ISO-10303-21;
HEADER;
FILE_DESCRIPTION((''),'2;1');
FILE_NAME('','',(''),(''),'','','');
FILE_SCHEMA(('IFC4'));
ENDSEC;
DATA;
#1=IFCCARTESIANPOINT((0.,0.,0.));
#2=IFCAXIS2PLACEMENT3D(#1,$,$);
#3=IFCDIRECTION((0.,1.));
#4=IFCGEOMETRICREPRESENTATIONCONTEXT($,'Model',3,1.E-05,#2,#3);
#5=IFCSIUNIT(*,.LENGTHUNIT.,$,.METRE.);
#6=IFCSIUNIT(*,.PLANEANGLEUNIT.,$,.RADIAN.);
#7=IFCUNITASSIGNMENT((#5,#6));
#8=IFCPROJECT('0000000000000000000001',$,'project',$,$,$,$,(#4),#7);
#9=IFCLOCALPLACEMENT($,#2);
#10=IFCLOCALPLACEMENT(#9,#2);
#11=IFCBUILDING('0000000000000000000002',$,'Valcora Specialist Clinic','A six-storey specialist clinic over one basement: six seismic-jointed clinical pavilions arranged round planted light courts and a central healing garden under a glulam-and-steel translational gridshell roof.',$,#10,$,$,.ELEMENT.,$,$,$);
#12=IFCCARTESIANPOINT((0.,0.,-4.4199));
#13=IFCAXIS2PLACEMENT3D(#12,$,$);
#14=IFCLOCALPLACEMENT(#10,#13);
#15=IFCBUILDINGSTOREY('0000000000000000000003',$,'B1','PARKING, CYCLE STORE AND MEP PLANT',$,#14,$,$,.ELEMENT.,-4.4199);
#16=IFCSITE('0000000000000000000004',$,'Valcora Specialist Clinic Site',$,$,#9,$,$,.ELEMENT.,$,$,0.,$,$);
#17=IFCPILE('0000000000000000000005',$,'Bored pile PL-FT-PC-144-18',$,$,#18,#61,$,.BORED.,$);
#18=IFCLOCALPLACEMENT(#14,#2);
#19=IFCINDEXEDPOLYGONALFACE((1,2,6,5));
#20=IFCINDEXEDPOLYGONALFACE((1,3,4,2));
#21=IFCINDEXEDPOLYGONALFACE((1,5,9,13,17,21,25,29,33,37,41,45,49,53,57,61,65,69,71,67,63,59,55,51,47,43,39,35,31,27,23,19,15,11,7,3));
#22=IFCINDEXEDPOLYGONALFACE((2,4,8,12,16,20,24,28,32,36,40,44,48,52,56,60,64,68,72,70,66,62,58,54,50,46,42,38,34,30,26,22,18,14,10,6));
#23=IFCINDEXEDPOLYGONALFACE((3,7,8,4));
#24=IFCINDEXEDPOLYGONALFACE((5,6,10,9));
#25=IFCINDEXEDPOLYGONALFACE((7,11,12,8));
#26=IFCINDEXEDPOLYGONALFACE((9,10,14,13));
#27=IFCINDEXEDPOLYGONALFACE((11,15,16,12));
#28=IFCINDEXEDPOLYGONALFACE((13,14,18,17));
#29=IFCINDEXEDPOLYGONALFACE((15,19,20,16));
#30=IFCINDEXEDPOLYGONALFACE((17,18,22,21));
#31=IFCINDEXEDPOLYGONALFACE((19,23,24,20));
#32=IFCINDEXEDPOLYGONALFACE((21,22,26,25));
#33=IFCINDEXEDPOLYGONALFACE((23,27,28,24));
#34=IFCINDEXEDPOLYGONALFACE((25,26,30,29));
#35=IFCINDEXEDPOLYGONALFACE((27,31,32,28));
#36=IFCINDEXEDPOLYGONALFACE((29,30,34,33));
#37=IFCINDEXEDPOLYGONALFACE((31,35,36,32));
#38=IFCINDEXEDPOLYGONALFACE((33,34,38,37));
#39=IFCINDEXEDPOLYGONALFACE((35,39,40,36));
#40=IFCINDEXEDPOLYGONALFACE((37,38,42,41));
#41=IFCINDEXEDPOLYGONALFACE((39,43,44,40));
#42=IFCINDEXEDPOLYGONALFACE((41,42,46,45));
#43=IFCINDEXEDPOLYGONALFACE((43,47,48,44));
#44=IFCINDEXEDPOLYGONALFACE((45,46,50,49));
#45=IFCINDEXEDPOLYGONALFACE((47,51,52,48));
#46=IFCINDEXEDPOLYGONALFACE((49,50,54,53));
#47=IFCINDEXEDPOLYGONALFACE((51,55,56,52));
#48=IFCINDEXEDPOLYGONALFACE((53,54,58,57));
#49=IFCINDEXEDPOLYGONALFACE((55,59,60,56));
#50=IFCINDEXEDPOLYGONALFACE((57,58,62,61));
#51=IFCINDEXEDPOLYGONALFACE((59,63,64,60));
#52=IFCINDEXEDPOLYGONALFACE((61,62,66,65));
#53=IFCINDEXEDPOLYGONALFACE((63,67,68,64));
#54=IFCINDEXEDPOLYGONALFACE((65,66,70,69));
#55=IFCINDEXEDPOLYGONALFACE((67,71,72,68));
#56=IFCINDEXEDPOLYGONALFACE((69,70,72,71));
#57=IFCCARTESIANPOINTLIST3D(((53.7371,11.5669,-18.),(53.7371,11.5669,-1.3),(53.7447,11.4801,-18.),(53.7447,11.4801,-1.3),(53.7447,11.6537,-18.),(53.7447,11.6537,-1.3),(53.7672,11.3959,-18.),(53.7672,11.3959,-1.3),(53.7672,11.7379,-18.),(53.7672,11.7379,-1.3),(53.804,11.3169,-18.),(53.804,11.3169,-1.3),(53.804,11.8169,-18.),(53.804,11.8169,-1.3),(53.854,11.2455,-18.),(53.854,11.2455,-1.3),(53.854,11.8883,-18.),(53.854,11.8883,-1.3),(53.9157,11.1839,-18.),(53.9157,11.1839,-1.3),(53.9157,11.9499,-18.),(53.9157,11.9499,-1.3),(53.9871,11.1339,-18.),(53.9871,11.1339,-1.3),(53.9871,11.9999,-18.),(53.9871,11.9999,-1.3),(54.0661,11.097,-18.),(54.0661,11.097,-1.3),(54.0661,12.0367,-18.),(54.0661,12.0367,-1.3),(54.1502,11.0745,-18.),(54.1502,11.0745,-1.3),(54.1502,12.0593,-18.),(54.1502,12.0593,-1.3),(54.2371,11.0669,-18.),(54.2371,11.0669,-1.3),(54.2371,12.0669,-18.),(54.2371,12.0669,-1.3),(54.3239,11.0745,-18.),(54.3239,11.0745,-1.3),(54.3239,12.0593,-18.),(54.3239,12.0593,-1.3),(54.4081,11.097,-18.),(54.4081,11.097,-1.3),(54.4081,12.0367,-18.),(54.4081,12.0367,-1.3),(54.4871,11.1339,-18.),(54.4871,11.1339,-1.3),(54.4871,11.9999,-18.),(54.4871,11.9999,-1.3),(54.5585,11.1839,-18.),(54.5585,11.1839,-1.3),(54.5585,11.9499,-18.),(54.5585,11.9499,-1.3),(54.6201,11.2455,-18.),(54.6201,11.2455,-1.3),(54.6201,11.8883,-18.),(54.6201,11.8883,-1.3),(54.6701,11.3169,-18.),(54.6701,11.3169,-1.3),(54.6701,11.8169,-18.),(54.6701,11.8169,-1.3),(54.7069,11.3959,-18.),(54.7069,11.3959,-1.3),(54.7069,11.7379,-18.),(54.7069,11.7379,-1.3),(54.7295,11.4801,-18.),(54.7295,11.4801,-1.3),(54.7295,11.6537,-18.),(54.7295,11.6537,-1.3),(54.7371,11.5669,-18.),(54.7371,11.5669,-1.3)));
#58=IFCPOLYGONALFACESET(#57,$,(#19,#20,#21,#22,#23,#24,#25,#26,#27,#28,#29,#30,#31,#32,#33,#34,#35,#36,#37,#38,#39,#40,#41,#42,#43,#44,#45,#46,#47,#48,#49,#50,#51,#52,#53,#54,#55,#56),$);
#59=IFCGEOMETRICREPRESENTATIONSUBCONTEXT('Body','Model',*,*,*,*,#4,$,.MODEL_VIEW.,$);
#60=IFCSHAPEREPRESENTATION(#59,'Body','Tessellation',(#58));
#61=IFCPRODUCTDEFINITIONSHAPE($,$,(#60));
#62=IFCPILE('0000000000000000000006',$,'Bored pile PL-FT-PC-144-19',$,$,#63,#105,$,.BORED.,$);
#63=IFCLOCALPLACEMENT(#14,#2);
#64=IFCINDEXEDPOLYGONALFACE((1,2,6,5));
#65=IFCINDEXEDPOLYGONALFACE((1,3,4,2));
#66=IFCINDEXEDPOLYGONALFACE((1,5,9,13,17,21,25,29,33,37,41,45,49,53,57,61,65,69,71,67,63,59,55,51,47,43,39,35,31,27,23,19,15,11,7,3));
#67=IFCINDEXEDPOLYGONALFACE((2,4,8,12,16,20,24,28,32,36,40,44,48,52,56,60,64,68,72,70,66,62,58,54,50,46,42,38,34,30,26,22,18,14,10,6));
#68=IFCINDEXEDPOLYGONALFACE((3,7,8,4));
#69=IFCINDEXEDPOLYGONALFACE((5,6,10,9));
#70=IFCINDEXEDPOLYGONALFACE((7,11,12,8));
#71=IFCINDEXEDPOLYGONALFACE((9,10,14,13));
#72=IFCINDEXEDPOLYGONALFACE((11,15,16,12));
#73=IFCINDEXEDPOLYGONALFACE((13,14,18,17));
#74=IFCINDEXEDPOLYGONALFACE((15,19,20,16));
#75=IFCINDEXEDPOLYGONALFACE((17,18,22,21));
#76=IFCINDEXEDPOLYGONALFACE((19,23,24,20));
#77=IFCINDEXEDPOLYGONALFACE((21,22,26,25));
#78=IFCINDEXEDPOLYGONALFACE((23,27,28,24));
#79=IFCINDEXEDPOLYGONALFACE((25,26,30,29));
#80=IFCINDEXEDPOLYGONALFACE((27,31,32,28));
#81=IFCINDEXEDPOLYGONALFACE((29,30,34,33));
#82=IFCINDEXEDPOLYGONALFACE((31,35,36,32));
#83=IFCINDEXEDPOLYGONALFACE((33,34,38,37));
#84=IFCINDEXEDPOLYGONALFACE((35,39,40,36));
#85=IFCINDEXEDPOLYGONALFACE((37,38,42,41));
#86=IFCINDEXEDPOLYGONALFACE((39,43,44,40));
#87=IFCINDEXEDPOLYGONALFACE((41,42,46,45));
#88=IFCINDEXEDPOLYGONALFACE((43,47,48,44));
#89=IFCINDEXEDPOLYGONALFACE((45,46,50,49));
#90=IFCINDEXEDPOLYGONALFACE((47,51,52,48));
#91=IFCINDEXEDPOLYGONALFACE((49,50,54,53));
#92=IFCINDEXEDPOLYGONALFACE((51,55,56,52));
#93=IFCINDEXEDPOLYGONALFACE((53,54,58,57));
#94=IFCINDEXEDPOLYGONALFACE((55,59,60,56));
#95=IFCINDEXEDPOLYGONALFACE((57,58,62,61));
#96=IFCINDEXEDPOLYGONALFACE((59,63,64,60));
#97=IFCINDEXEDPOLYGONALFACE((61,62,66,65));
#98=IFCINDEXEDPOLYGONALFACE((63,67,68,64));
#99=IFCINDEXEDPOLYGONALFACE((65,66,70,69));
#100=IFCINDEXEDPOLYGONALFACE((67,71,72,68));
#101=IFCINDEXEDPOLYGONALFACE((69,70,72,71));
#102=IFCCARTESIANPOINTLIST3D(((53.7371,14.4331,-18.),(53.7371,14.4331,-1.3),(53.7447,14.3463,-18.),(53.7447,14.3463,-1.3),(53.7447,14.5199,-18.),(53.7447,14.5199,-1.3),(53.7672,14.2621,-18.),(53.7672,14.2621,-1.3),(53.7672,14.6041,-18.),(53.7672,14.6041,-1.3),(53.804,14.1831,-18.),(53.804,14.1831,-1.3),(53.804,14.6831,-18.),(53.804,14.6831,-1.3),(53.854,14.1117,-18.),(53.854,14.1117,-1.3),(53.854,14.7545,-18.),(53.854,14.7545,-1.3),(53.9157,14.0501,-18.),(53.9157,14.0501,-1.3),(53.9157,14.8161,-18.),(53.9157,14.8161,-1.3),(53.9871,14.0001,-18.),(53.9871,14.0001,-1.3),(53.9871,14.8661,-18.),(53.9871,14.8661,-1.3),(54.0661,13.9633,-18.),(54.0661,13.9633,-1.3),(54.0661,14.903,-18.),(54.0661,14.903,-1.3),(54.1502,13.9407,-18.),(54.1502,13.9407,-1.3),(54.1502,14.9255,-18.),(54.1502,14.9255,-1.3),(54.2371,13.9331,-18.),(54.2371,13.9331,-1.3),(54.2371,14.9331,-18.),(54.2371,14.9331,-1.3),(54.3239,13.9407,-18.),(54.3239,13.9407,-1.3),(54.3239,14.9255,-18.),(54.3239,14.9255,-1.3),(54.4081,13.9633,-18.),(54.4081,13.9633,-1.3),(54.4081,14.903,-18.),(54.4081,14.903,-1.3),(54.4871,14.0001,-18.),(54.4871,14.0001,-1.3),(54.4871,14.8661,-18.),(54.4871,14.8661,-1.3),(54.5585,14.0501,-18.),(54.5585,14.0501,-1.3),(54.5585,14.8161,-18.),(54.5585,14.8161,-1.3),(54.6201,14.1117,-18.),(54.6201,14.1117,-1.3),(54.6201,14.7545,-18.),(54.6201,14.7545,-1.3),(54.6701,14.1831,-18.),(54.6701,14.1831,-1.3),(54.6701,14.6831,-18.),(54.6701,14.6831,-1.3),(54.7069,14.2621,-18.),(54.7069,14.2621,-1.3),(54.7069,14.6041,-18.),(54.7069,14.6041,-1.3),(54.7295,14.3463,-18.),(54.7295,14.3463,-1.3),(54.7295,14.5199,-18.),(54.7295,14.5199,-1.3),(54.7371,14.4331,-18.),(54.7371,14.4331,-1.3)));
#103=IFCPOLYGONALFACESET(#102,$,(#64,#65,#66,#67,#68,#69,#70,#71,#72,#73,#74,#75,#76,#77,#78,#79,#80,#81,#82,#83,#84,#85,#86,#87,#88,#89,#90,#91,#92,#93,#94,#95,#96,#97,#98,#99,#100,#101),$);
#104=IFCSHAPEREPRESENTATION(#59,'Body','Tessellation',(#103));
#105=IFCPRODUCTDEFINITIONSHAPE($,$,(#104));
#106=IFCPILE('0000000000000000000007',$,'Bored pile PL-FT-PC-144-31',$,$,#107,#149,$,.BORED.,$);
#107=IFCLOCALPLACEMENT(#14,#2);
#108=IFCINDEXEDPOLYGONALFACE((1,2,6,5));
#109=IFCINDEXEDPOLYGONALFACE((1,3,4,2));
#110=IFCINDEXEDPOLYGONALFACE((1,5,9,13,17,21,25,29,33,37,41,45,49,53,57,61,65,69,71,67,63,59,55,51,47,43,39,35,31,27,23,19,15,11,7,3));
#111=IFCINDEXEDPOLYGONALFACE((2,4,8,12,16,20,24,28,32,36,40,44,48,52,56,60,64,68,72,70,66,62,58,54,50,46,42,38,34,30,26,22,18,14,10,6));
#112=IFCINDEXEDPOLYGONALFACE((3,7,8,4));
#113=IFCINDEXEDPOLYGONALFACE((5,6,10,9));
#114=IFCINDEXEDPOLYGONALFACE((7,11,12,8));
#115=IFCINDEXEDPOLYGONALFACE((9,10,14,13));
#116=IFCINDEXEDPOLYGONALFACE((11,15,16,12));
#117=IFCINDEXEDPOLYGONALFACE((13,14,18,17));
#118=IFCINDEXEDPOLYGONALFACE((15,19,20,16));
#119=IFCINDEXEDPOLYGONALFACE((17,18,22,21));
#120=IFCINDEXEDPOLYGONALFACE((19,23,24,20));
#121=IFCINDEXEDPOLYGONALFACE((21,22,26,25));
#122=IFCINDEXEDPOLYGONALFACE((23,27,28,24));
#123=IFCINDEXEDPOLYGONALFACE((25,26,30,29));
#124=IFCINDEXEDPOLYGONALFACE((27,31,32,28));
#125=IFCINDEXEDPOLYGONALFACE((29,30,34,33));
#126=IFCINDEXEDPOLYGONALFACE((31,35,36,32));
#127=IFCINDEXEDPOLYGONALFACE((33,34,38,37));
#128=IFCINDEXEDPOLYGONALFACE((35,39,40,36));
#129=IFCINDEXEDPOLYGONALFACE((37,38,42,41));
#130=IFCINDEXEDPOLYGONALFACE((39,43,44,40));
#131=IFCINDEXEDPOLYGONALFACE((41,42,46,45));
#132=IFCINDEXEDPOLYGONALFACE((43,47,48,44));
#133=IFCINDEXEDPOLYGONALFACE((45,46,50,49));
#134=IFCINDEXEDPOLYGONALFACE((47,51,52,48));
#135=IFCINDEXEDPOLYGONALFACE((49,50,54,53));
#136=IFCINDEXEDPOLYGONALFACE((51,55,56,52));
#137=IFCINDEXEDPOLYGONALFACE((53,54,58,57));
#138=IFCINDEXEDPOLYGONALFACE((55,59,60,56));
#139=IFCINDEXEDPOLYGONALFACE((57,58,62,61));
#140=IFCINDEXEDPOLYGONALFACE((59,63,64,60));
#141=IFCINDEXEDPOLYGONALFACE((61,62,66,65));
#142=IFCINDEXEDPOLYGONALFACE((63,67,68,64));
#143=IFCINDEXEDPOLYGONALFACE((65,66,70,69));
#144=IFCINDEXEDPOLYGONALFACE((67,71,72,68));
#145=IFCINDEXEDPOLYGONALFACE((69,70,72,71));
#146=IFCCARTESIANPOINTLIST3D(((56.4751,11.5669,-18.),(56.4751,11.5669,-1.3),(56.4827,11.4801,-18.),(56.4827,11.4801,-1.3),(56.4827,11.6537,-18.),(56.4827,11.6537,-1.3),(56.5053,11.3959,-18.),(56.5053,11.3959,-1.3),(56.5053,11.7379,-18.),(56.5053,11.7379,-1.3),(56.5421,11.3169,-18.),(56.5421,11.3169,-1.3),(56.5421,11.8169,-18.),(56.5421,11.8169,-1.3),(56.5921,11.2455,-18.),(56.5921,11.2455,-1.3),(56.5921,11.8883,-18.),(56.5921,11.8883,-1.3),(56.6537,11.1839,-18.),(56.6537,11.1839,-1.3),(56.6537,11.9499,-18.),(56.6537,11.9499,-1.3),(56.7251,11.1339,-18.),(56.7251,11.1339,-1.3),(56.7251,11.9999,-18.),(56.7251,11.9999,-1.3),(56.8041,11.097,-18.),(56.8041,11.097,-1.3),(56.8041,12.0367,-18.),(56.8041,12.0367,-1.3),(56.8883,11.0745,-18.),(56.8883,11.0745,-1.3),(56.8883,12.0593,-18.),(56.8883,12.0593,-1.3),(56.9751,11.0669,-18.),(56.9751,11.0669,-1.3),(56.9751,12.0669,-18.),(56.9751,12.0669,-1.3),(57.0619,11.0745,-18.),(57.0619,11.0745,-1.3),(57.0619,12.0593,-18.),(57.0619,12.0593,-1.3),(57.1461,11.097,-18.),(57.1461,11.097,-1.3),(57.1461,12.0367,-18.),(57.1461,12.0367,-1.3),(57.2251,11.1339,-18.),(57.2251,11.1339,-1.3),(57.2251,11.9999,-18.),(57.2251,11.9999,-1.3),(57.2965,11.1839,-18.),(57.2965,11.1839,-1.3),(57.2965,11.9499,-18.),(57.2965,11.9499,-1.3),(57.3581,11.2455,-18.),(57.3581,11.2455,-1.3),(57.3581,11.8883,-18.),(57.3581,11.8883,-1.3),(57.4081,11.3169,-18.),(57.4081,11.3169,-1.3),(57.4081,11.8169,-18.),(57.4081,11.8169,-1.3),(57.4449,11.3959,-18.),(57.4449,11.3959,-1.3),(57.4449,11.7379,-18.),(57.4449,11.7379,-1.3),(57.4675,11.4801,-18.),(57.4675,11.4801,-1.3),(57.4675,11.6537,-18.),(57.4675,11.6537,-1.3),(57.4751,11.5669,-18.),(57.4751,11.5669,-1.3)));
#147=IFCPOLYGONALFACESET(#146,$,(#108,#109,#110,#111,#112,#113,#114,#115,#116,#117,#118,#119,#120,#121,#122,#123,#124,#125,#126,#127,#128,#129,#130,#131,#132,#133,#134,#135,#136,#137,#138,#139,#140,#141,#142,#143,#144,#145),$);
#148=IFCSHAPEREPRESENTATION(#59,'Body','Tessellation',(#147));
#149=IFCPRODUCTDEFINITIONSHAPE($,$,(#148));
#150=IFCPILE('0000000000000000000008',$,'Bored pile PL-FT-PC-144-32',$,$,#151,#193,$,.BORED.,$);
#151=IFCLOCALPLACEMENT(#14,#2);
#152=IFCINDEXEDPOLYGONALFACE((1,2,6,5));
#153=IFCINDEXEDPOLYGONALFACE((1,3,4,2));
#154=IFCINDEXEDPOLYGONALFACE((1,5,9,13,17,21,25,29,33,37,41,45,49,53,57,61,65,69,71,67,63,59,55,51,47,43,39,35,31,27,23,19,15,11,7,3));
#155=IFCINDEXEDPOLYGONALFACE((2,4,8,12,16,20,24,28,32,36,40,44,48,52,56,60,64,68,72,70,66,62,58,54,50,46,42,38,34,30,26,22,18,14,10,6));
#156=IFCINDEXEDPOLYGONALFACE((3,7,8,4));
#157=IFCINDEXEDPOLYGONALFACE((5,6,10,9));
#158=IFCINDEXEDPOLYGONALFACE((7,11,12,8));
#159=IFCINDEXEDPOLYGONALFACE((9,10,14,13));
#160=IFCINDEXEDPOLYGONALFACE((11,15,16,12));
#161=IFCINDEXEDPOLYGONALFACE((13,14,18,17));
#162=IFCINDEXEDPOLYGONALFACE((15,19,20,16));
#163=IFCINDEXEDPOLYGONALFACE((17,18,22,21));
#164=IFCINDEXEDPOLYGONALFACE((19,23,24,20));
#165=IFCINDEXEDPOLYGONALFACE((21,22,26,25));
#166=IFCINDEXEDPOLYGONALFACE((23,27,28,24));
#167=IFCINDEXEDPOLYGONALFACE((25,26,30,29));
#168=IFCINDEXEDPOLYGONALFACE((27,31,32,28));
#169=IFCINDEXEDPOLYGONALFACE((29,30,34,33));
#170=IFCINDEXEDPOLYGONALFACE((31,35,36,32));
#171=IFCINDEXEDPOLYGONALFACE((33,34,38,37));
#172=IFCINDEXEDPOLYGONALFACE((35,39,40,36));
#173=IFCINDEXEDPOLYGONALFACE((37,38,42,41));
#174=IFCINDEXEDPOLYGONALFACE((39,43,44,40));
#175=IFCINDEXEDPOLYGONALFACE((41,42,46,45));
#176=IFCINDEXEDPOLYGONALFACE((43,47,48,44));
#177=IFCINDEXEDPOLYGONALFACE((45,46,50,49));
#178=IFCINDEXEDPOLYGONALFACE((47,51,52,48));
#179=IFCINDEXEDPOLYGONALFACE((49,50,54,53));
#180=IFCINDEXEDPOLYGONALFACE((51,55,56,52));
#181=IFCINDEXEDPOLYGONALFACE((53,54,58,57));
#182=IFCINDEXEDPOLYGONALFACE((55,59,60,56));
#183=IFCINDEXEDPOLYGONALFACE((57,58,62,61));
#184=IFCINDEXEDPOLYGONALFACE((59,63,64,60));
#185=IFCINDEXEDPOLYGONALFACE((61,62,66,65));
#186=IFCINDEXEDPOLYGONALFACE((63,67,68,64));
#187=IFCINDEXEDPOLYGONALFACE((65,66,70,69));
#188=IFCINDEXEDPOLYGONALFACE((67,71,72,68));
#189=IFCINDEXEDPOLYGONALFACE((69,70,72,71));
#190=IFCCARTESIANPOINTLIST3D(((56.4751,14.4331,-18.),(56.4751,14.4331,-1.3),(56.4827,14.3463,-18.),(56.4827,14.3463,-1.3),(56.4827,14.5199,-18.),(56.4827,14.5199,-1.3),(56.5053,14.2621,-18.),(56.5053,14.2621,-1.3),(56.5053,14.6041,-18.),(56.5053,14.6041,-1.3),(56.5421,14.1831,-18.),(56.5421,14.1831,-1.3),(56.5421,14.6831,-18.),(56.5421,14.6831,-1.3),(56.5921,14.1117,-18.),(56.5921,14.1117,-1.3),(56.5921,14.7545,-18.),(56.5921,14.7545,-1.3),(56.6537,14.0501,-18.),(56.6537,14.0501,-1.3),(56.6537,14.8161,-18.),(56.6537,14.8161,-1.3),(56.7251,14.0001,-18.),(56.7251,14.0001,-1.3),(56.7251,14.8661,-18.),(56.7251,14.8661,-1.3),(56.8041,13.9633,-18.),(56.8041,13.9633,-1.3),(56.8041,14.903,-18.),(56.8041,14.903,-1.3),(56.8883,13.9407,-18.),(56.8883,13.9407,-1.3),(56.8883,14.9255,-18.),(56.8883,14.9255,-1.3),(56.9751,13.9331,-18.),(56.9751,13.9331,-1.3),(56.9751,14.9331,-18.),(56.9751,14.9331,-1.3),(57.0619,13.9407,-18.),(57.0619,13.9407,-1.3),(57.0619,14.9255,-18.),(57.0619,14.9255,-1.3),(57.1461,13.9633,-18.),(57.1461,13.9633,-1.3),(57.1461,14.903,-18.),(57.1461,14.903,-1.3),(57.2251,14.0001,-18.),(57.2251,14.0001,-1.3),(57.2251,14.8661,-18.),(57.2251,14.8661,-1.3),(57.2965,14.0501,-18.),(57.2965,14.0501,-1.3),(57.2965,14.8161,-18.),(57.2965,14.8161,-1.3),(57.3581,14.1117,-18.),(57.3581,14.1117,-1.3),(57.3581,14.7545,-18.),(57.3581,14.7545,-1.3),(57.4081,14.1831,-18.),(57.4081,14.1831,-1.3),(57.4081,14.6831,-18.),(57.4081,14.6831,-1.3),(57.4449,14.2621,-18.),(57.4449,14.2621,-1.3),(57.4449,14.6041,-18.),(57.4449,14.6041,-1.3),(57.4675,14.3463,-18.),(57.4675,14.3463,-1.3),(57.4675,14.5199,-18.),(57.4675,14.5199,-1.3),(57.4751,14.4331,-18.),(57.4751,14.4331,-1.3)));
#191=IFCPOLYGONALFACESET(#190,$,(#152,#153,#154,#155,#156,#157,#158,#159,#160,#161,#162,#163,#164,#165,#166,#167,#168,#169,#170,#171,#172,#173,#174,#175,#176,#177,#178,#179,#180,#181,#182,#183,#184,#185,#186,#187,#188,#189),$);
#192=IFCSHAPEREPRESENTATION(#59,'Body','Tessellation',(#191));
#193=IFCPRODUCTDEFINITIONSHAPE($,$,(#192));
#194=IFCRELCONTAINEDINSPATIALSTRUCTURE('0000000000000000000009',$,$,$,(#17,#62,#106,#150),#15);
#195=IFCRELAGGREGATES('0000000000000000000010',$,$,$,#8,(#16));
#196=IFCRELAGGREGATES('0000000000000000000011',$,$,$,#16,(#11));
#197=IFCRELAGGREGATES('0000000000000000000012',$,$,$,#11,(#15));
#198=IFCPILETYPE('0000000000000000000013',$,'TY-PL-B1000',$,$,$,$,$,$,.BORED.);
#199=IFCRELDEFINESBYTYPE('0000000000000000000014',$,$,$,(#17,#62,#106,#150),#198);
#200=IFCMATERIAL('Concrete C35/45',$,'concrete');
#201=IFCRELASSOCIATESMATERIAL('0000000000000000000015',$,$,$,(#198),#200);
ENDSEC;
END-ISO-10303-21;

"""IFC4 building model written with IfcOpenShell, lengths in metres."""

from ifc_helpers import new_model, si_unit, direction, frame, origin, origin_2d, place, context, subcontext, project, spatial, circle, extrude, material, material_profile, profile_set, type_object, element, save


model = new_model("IFC4")

# Units and contexts
model_context = context("Model", 3, precision=1e-05, world=origin(), true_north=direction((0.0, 1.0)))
body_context = subcontext(model_context, "Body", "Model", "MODEL_VIEW")
ifc_project = project(units=[si_unit("LENGTHUNIT", "METRE"), si_unit("PLANEANGLEUNIT", "RADIAN")], contexts=[model_context])

# Site, building, storey
site_placement = place(None, origin())
site = spatial("IfcSite", under=ifc_project, at=site_placement, Name="Valcora Specialist Clinic Site", CompositionType="ELEMENT", RefElevation=0.0)
building_placement = place(site_placement, origin())
building = spatial("IfcBuilding", under=site, at=building_placement, Name="Valcora Specialist Clinic", Description="A six-storey specialist clinic over one basement: six seismic-jointed clinical pavilions arranged round planted light courts and a central healing garden under a glulam-and-steel translational gridshell roof.", CompositionType="ELEMENT")
storey_placement = place(building_placement, frame((0.0, 0.0, -4.4199)))
storey = spatial("IfcBuildingStorey", under=building, at=storey_placement, Name="B1", Description="PARKING, CYCLE STORE AND MEP PLANT", CompositionType="ELEMENT", Elevation=-4.4199)

# Piles
ifc_material_1 = material(Name="Concrete C35/45", Category="concrete")
ifc_material_profile_1 = material_profile(ifc_material_1, circle(Radius=0.5, at=origin_2d()), Name="RC-PIL-D1000")
ifc_profile_set_1 = profile_set([ifc_material_profile_1], Name="Concrete C35/45")
pile_type = type_object("IfcPileType", Name="TY-PL-B1000", PredefinedType="BORED", material=ifc_profile_set_1)
for number, where, z_axis, x_axis, name in (
    (1, (54.2371, 11.5669, -1.3), (0.0, 0.0, -1.0), (1.0, 0.0, 0.0), "Bored pile PL-FT-PC-144-18"),
    (2, (54.2371, 14.4331, -1.3), (0.0, 0.0, -1.0), (1.0, 0.0, 0.0), "Bored pile PL-FT-PC-144-19"),
    (3, (56.9751, 11.5669, -1.3), (0.0, 0.0, -1.0), (1.0, 0.0, 0.0), "Bored pile PL-FT-PC-144-31"),
    (4, (56.9751, 14.4331, -1.3), (0.0, 0.0, -1.0), (1.0, 0.0, 0.0), "Bored pile PL-FT-PC-144-32"),
):
    element("IfcPile", number, at=place(storey_placement, frame(where, z_axis=z_axis, x_axis=x_axis)), inside=storey, type_object=pile_type, Name=name, PredefinedType="BORED", context=body_context, shape_type="SweptSolid", body=[
        extrude(circle(Radius=0.5, at=origin_2d()), origin(), (0.0, 0.0, 1.0), 16.7),
    ])

save(model, "model.ifc")
